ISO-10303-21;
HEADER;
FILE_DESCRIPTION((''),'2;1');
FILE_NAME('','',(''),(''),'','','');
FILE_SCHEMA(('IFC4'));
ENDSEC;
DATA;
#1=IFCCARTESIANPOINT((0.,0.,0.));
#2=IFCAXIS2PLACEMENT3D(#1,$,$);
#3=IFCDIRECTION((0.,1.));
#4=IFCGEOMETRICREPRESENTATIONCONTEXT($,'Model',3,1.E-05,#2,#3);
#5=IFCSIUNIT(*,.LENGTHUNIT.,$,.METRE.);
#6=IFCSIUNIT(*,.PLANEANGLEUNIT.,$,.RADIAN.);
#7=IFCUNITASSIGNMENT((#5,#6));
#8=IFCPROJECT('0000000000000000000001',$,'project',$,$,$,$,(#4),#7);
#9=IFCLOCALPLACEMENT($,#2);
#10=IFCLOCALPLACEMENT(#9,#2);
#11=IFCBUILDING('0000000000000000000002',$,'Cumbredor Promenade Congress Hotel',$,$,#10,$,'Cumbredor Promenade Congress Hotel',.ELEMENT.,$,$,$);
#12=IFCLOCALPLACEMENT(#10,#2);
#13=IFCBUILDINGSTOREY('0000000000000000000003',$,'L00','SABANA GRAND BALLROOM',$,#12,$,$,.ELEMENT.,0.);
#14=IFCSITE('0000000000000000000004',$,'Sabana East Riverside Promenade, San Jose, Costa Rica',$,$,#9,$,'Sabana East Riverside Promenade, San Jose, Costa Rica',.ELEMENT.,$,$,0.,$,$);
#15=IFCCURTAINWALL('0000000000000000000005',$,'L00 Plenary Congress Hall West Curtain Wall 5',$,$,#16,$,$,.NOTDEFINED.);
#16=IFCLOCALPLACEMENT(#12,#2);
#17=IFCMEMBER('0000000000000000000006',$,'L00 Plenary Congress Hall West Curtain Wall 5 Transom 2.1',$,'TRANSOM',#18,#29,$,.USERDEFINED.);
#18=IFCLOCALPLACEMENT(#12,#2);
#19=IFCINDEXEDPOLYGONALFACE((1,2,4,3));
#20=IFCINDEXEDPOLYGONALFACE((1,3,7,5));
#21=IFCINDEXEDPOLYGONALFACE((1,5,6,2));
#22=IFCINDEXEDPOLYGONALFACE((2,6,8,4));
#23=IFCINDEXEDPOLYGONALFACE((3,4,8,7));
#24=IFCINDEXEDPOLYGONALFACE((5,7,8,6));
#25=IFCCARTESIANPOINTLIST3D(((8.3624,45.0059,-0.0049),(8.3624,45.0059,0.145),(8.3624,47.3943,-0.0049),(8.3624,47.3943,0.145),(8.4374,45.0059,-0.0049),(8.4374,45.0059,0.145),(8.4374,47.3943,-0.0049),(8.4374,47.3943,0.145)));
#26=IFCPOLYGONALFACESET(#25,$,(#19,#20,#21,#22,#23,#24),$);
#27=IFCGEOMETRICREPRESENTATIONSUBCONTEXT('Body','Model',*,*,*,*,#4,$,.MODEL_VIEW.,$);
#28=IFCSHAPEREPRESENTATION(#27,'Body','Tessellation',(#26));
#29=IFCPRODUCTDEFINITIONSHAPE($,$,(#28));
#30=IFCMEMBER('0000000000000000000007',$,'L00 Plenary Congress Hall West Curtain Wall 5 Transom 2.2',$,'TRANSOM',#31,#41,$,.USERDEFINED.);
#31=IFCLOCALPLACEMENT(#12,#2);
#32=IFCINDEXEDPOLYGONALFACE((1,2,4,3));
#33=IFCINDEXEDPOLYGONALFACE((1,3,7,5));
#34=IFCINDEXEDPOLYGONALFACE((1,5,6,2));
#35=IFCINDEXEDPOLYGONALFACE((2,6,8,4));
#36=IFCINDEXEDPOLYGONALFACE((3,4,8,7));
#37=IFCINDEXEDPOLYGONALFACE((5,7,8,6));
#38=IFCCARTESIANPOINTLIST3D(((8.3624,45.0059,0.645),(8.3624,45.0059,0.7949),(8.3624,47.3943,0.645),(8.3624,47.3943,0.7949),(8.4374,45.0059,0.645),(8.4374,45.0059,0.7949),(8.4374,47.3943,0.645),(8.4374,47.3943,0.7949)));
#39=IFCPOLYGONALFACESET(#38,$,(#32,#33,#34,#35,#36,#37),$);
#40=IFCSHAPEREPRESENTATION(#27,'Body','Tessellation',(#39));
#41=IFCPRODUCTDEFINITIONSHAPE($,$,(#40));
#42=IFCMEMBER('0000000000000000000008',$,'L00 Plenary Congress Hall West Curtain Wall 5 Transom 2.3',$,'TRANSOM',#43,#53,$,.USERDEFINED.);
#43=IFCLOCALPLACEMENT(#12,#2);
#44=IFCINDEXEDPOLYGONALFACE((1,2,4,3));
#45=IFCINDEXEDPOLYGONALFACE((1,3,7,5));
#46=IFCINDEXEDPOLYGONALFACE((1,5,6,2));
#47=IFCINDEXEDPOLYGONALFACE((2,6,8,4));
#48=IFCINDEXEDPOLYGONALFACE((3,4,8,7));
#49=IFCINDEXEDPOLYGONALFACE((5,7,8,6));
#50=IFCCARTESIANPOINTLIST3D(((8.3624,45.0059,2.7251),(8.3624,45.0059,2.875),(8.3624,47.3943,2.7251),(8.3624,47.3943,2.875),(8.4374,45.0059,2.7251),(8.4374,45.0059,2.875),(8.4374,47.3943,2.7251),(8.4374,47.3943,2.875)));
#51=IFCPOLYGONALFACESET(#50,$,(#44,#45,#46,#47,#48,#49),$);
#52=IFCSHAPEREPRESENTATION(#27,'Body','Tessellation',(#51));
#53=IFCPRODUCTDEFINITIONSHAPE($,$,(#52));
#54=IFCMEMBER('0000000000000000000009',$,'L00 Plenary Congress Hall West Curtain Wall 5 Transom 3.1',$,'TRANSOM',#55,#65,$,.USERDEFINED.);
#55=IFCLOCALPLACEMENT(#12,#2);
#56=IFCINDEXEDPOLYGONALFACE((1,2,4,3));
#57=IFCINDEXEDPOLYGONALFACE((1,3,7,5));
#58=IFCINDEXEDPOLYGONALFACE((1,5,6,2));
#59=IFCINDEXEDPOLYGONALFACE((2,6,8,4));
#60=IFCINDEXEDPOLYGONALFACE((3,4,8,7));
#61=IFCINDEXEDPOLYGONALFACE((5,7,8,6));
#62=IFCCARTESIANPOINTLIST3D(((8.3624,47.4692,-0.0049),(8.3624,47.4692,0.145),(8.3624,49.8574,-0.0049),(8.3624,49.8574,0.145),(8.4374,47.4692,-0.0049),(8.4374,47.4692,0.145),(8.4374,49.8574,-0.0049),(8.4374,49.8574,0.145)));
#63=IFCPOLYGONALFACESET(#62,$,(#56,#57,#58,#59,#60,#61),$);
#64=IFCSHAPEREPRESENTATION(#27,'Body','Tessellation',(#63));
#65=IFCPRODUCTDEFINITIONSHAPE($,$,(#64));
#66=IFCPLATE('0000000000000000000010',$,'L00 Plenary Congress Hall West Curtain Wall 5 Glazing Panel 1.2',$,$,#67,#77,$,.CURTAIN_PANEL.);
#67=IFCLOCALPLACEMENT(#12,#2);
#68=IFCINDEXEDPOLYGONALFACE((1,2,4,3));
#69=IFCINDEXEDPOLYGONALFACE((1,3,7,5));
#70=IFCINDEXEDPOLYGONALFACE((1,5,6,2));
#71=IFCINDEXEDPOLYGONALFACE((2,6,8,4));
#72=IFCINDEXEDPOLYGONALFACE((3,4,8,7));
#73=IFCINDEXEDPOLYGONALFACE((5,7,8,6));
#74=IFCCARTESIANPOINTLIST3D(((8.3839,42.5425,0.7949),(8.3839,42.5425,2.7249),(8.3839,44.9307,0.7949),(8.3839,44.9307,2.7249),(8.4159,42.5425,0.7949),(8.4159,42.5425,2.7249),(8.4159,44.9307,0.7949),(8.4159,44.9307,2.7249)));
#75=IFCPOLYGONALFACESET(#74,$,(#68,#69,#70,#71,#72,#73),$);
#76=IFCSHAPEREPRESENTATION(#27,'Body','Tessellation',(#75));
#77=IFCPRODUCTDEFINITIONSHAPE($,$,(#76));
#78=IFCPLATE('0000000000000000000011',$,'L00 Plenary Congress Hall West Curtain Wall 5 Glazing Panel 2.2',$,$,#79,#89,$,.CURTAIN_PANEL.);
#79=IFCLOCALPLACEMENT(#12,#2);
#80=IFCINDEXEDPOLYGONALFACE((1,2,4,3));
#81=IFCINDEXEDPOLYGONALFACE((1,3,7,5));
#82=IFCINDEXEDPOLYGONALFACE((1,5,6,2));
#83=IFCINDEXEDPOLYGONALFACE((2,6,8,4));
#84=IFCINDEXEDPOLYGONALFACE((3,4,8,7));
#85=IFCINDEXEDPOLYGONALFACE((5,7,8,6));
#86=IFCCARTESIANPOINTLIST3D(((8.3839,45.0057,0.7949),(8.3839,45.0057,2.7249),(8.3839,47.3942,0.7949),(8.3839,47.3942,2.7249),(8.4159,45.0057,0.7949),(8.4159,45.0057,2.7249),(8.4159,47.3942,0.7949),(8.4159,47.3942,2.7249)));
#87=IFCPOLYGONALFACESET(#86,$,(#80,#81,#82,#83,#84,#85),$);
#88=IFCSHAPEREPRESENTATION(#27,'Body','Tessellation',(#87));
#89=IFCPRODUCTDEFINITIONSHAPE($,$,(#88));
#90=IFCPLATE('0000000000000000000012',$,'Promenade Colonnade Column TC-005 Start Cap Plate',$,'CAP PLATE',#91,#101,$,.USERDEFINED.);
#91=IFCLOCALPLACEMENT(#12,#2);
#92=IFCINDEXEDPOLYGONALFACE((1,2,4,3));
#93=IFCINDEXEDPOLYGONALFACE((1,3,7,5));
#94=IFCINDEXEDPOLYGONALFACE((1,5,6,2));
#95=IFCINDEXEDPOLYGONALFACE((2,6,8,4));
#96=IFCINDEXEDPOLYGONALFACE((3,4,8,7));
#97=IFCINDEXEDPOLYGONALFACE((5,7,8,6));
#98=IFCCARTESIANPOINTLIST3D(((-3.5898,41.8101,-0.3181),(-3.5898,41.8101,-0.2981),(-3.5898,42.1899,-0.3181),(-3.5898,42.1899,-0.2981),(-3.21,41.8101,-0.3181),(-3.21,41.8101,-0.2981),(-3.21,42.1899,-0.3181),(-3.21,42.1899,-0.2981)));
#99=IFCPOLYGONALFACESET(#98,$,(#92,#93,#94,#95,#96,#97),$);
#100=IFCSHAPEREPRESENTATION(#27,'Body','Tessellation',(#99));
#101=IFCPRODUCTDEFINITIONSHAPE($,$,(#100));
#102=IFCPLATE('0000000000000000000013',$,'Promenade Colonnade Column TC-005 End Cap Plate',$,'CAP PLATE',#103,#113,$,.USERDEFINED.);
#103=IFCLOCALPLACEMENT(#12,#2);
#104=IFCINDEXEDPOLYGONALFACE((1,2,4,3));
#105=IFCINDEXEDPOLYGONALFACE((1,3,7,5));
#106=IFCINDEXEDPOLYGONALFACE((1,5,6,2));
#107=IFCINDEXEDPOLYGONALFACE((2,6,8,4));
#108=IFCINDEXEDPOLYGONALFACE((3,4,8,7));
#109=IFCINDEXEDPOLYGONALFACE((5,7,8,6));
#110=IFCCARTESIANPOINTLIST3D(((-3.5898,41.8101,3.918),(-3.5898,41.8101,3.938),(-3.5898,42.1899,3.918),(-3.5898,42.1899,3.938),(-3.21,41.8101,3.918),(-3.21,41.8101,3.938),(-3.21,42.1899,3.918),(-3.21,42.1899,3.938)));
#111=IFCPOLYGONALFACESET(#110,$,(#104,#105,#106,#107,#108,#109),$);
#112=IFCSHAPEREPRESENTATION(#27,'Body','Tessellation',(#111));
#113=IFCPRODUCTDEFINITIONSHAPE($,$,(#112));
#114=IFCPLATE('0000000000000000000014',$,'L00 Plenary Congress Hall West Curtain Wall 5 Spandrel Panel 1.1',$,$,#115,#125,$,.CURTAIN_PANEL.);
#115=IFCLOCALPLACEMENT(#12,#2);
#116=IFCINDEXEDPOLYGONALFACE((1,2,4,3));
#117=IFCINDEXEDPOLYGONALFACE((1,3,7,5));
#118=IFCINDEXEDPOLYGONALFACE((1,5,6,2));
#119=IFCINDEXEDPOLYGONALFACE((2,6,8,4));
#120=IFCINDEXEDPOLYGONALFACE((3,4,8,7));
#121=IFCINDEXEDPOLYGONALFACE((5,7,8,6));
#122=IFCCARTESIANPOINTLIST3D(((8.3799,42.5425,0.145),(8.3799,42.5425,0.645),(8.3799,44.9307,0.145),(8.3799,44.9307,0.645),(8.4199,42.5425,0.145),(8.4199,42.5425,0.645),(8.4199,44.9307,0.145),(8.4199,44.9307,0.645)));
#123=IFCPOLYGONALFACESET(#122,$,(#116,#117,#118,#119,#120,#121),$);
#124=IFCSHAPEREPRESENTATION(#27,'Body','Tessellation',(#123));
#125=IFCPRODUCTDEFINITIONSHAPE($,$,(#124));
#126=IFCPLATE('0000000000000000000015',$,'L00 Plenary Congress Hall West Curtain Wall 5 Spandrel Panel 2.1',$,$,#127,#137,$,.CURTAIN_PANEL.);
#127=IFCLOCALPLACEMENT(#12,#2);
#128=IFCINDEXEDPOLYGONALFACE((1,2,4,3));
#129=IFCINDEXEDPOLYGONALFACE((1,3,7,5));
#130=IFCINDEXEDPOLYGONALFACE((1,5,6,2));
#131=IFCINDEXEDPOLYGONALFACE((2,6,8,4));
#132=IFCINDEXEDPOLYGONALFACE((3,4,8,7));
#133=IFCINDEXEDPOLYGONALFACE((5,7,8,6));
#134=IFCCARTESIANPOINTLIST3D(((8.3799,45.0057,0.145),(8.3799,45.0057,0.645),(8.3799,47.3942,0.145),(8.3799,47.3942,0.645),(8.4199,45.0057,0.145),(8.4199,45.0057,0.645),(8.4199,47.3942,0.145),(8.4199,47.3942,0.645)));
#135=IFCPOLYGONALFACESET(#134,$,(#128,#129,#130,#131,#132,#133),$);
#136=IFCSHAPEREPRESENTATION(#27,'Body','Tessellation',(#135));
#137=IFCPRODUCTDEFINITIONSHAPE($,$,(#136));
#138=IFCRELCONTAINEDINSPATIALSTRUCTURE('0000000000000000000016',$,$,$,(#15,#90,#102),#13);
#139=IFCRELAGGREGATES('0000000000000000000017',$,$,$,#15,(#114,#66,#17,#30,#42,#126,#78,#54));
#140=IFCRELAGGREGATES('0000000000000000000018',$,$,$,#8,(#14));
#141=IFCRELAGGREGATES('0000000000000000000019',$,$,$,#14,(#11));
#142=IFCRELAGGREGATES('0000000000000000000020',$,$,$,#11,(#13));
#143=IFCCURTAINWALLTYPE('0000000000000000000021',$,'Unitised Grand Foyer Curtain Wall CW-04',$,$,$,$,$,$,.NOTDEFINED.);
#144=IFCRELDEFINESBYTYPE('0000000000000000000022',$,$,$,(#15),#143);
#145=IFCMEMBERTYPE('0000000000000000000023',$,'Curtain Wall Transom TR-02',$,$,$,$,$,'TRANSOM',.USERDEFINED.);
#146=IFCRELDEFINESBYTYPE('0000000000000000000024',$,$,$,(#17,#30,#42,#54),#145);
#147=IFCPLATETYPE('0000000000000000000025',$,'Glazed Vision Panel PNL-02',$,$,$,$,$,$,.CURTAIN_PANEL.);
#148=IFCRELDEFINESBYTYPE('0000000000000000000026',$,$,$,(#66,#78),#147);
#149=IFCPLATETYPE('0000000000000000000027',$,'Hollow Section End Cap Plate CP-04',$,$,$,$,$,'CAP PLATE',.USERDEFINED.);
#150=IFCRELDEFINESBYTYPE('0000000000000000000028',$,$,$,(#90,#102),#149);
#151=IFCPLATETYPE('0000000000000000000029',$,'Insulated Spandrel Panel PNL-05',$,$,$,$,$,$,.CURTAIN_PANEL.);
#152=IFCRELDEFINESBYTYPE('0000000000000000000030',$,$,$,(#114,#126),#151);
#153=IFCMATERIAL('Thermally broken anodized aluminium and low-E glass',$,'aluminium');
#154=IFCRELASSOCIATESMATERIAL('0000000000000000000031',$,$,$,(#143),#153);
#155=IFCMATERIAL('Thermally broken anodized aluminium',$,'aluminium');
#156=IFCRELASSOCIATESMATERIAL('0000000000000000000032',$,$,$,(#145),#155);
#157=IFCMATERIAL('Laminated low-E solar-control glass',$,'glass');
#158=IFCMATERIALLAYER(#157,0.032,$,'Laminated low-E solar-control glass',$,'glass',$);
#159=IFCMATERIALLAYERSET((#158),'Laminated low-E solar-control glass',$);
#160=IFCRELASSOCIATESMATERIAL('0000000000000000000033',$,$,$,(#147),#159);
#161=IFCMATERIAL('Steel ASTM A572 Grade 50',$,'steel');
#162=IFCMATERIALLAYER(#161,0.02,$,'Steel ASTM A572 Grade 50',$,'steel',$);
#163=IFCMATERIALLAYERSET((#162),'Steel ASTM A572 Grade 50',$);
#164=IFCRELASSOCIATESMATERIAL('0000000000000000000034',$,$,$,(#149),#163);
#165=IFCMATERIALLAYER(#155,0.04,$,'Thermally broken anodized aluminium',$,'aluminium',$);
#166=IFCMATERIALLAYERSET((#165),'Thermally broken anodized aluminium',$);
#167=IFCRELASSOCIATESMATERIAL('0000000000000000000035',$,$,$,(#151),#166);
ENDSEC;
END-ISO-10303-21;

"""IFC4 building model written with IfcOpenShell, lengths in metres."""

from ifc_helpers import new_model, si_unit, direction, frame, origin, origin_2d, place, context, subcontext, project, spatial, rectangle, extrude, material, layer, layer_set, material_profile, profile_set, type_object, element, aggregate, save


model = new_model("IFC4")

# Units and contexts
model_context = context("Model", 3, precision=1e-05, world=origin(), true_north=direction((0.0, 1.0)))
body_context = subcontext(model_context, "Body", "Model", "MODEL_VIEW")
ifc_project = project(units=[si_unit("LENGTHUNIT", "METRE"), si_unit("PLANEANGLEUNIT", "RADIAN")], contexts=[model_context])

# Site, building, storey
site_placement = place(None, origin())
site = spatial("IfcSite", under=ifc_project, at=site_placement, Name="Sabana East Riverside Promenade, San Jose, Costa Rica", LongName="Sabana East Riverside Promenade, San Jose, Costa Rica", CompositionType="ELEMENT", RefElevation=0.0)
building_placement = place(site_placement, origin())
building = spatial("IfcBuilding", under=site, at=building_placement, Name="Cumbredor Promenade Congress Hotel", LongName="Cumbredor Promenade Congress Hotel", CompositionType="ELEMENT")
storey_placement = place(building_placement, origin())
storey = spatial("IfcBuildingStorey", under=building, at=storey_placement, Name="L00", Description="SABANA GRAND BALLROOM", CompositionType="ELEMENT", Elevation=0.0)

# Curtain wall, members, plates
ifc_material_1 = material(Name="Thermally broken anodized aluminium and low-E glass", Category="aluminium")
curtain_wall_type = type_object("IfcCurtainWallType", Name="Unitised Grand Foyer Curtain Wall CW-04", PredefinedType="NOTDEFINED", material=ifc_material_1)
curtain_wall_placement = place(storey_placement, origin())
curtain_wall = element("IfcCurtainWall", 1, at=curtain_wall_placement, inside=storey, type_object=curtain_wall_type, Name="L00 Plenary Congress Hall West Curtain Wall 5", PredefinedType="NOTDEFINED")
ifc_material_2 = material(Name="Thermally broken anodized aluminium", Category="aluminium")
ifc_material_profile_1 = material_profile(ifc_material_2, rectangle(XDim=0.075, YDim=0.1499, at=origin_2d()), Name="ALU TRANSOM 75x150")
ifc_profile_set_1 = profile_set([ifc_material_profile_1], Name="Thermally broken anodized aluminium")
member_type_1 = type_object("IfcMemberType", Name="Curtain Wall Transom TR-02", ElementType="TRANSOM", PredefinedType="USERDEFINED", material=ifc_profile_set_1)
member_1_placement = place(storey_placement, frame((8.3999, 45.0059, 0.0701), z_axis=(0.0, 1.0, 0.0), x_axis=(-1.0, 0.0, 0.0)))
member_1 = element("IfcMember", 2, at=member_1_placement, type_object=member_type_1, Name="L00 Plenary Congress Hall West Curtain Wall 5 Transom 2.1", ObjectType="TRANSOM", PredefinedType="USERDEFINED", context=body_context, shape_type="SweptSolid", body=[
    extrude(rectangle(XDim=0.075, YDim=0.1499, at=origin_2d()), origin(), (0.0, 0.0, 1.0), 2.3884),
])
member_2_placement = place(storey_placement, frame((8.3999, 45.0059, 0.72), z_axis=(0.0, 1.0, 0.0), x_axis=(-1.0, 0.0, 0.0)))
member_2 = element("IfcMember", 3, at=member_2_placement, type_object=member_type_1, Name="L00 Plenary Congress Hall West Curtain Wall 5 Transom 2.2", ObjectType="TRANSOM", PredefinedType="USERDEFINED", context=body_context, shape_type="SweptSolid", body=[
    extrude(rectangle(XDim=0.075, YDim=0.1499, at=origin_2d()), origin(), (0.0, 0.0, 1.0), 2.3884),
])
member_3_placement = place(storey_placement, frame((8.3999, 45.0059, 2.8), z_axis=(0.0, 1.0, 0.0), x_axis=(-1.0, 0.0, 0.0)))
member_3 = element("IfcMember", 4, at=member_3_placement, type_object=member_type_1, Name="L00 Plenary Congress Hall West Curtain Wall 5 Transom 2.3", ObjectType="TRANSOM", PredefinedType="USERDEFINED", context=body_context, shape_type="SweptSolid", body=[
    extrude(rectangle(XDim=0.075, YDim=0.1499, at=origin_2d()), origin(), (0.0, 0.0, 1.0), 2.3884),
])
member_4_placement = place(storey_placement, frame((8.3999, 47.4692, 0.0701), z_axis=(0.0, 1.0, 0.0), x_axis=(-1.0, 0.0, 0.0)))
member_4 = element("IfcMember", 5, at=member_4_placement, type_object=member_type_1, Name="L00 Plenary Congress Hall West Curtain Wall 5 Transom 3.1", ObjectType="TRANSOM", PredefinedType="USERDEFINED", context=body_context, shape_type="SweptSolid", body=[
    extrude(rectangle(XDim=0.075, YDim=0.1499, at=origin_2d()), origin(), (0.0, 0.0, 1.0), 2.3882),
])
ifc_material_3 = material(Name="Laminated low-E solar-control glass", Category="glass")
ifc_layer_1 = layer(ifc_material_3, 0.032, Name="Laminated low-E solar-control glass", Category="glass")
ifc_layer_set_1 = layer_set([ifc_layer_1], Name="Laminated low-E solar-control glass")
plate_type_1 = type_object("IfcPlateType", Name="Glazed Vision Panel PNL-02", PredefinedType="CURTAIN_PANEL", material=ifc_layer_set_1)
plate_1_placement = place(storey_placement, frame((8.3999, 43.7366, 0.7949), z_axis=(0.0, 0.0, 1.0), x_axis=(0.0, 1.0, 0.0)))
plate_1 = element("IfcPlate", 6, at=plate_1_placement, type_object=plate_type_1, Name="L00 Plenary Congress Hall West Curtain Wall 5 Glazing Panel 1.2", PredefinedType="CURTAIN_PANEL", context=body_context, shape_type="SweptSolid", body=[
    extrude(rectangle(XDim=2.3882, YDim=0.032, at=origin_2d()), origin(), (0.0, 0.0, 1.0), 1.9299),
])
plate_2_placement = place(storey_placement, frame((8.3999, 46.2, 0.7949), z_axis=(0.0, 0.0, 1.0), x_axis=(0.0, 1.0, 0.0)))
plate_2 = element("IfcPlate", 7, at=plate_2_placement, type_object=plate_type_1, Name="L00 Plenary Congress Hall West Curtain Wall 5 Glazing Panel 2.2", PredefinedType="CURTAIN_PANEL", context=body_context, shape_type="SweptSolid", body=[
    extrude(rectangle(XDim=2.3884, YDim=0.032, at=origin_2d()), origin(), (0.0, 0.0, 1.0), 1.9299),
])

# Plates
ifc_material_4 = material(Name="Steel ASTM A572 Grade 50", Category="steel")
ifc_layer_2 = layer(ifc_material_4, 0.02, Name="Steel ASTM A572 Grade 50", Category="steel")
ifc_layer_set_2 = layer_set([ifc_layer_2], Name="Steel ASTM A572 Grade 50")
plate_type_2 = type_object("IfcPlateType", Name="Hollow Section End Cap Plate CP-04", ElementType="CAP PLATE", PredefinedType="USERDEFINED", material=ifc_layer_set_2)
for number, where, z_axis, x_axis, name in (
    (8, (-3.3999, 42.0, -0.3181), (0.0, 0.0, 1.0), (1.0, 0.0, 0.0), "Promenade Colonnade Column TC-005 Start Cap Plate"),
    (9, (-3.3999, 42.0, 3.918), (0.0, 0.0, 1.0), (1.0, 0.0, 0.0), "Promenade Colonnade Column TC-005 End Cap Plate"),
):
    element("IfcPlate", number, at=place(storey_placement, frame(where, z_axis=z_axis, x_axis=x_axis)), inside=storey, type_object=plate_type_2, Name=name, ObjectType="CAP PLATE", PredefinedType="USERDEFINED", context=body_context, shape_type="SweptSolid", body=[
        extrude(rectangle(XDim=0.3799, YDim=0.3799, at=origin_2d()), origin(), (0.0, 0.0, 1.0), 0.02),
    ])

# Plates
ifc_layer_3 = layer(ifc_material_2, 0.04, Name="Thermally broken anodized aluminium", Category="aluminium")
ifc_layer_set_3 = layer_set([ifc_layer_3], Name="Thermally broken anodized aluminium")
plate_type_3 = type_object("IfcPlateType", Name="Insulated Spandrel Panel PNL-05", PredefinedType="CURTAIN_PANEL", material=ifc_layer_set_3)
plate_3_placement = place(storey_placement, frame((8.3999, 43.7366, 0.145), z_axis=(0.0, 0.0, 1.0), x_axis=(0.0, 1.0, 0.0)))
plate_3 = element("IfcPlate", 10, at=plate_3_placement, type_object=plate_type_3, Name="L00 Plenary Congress Hall West Curtain Wall 5 Spandrel Panel 1.1", PredefinedType="CURTAIN_PANEL", context=body_context, shape_type="SweptSolid", body=[
    extrude(rectangle(XDim=2.3882, YDim=0.04, at=origin_2d()), origin(), (0.0, 0.0, 1.0), 0.5),
])
plate_4_placement = place(storey_placement, frame((8.3999, 46.2, 0.145), z_axis=(0.0, 0.0, 1.0), x_axis=(0.0, 1.0, 0.0)))
plate_4 = element("IfcPlate", 11, at=plate_4_placement, type_object=plate_type_3, Name="L00 Plenary Congress Hall West Curtain Wall 5 Spandrel Panel 2.1", PredefinedType="CURTAIN_PANEL", context=body_context, shape_type="SweptSolid", body=[
    extrude(rectangle(XDim=2.3884, YDim=0.04, at=origin_2d()), origin(), (0.0, 0.0, 1.0), 0.5),
])
aggregate(curtain_wall, [plate_3, plate_1, member_1, member_2, member_3, plate_4, plate_2, member_4])

save(model, "model.ifc")
